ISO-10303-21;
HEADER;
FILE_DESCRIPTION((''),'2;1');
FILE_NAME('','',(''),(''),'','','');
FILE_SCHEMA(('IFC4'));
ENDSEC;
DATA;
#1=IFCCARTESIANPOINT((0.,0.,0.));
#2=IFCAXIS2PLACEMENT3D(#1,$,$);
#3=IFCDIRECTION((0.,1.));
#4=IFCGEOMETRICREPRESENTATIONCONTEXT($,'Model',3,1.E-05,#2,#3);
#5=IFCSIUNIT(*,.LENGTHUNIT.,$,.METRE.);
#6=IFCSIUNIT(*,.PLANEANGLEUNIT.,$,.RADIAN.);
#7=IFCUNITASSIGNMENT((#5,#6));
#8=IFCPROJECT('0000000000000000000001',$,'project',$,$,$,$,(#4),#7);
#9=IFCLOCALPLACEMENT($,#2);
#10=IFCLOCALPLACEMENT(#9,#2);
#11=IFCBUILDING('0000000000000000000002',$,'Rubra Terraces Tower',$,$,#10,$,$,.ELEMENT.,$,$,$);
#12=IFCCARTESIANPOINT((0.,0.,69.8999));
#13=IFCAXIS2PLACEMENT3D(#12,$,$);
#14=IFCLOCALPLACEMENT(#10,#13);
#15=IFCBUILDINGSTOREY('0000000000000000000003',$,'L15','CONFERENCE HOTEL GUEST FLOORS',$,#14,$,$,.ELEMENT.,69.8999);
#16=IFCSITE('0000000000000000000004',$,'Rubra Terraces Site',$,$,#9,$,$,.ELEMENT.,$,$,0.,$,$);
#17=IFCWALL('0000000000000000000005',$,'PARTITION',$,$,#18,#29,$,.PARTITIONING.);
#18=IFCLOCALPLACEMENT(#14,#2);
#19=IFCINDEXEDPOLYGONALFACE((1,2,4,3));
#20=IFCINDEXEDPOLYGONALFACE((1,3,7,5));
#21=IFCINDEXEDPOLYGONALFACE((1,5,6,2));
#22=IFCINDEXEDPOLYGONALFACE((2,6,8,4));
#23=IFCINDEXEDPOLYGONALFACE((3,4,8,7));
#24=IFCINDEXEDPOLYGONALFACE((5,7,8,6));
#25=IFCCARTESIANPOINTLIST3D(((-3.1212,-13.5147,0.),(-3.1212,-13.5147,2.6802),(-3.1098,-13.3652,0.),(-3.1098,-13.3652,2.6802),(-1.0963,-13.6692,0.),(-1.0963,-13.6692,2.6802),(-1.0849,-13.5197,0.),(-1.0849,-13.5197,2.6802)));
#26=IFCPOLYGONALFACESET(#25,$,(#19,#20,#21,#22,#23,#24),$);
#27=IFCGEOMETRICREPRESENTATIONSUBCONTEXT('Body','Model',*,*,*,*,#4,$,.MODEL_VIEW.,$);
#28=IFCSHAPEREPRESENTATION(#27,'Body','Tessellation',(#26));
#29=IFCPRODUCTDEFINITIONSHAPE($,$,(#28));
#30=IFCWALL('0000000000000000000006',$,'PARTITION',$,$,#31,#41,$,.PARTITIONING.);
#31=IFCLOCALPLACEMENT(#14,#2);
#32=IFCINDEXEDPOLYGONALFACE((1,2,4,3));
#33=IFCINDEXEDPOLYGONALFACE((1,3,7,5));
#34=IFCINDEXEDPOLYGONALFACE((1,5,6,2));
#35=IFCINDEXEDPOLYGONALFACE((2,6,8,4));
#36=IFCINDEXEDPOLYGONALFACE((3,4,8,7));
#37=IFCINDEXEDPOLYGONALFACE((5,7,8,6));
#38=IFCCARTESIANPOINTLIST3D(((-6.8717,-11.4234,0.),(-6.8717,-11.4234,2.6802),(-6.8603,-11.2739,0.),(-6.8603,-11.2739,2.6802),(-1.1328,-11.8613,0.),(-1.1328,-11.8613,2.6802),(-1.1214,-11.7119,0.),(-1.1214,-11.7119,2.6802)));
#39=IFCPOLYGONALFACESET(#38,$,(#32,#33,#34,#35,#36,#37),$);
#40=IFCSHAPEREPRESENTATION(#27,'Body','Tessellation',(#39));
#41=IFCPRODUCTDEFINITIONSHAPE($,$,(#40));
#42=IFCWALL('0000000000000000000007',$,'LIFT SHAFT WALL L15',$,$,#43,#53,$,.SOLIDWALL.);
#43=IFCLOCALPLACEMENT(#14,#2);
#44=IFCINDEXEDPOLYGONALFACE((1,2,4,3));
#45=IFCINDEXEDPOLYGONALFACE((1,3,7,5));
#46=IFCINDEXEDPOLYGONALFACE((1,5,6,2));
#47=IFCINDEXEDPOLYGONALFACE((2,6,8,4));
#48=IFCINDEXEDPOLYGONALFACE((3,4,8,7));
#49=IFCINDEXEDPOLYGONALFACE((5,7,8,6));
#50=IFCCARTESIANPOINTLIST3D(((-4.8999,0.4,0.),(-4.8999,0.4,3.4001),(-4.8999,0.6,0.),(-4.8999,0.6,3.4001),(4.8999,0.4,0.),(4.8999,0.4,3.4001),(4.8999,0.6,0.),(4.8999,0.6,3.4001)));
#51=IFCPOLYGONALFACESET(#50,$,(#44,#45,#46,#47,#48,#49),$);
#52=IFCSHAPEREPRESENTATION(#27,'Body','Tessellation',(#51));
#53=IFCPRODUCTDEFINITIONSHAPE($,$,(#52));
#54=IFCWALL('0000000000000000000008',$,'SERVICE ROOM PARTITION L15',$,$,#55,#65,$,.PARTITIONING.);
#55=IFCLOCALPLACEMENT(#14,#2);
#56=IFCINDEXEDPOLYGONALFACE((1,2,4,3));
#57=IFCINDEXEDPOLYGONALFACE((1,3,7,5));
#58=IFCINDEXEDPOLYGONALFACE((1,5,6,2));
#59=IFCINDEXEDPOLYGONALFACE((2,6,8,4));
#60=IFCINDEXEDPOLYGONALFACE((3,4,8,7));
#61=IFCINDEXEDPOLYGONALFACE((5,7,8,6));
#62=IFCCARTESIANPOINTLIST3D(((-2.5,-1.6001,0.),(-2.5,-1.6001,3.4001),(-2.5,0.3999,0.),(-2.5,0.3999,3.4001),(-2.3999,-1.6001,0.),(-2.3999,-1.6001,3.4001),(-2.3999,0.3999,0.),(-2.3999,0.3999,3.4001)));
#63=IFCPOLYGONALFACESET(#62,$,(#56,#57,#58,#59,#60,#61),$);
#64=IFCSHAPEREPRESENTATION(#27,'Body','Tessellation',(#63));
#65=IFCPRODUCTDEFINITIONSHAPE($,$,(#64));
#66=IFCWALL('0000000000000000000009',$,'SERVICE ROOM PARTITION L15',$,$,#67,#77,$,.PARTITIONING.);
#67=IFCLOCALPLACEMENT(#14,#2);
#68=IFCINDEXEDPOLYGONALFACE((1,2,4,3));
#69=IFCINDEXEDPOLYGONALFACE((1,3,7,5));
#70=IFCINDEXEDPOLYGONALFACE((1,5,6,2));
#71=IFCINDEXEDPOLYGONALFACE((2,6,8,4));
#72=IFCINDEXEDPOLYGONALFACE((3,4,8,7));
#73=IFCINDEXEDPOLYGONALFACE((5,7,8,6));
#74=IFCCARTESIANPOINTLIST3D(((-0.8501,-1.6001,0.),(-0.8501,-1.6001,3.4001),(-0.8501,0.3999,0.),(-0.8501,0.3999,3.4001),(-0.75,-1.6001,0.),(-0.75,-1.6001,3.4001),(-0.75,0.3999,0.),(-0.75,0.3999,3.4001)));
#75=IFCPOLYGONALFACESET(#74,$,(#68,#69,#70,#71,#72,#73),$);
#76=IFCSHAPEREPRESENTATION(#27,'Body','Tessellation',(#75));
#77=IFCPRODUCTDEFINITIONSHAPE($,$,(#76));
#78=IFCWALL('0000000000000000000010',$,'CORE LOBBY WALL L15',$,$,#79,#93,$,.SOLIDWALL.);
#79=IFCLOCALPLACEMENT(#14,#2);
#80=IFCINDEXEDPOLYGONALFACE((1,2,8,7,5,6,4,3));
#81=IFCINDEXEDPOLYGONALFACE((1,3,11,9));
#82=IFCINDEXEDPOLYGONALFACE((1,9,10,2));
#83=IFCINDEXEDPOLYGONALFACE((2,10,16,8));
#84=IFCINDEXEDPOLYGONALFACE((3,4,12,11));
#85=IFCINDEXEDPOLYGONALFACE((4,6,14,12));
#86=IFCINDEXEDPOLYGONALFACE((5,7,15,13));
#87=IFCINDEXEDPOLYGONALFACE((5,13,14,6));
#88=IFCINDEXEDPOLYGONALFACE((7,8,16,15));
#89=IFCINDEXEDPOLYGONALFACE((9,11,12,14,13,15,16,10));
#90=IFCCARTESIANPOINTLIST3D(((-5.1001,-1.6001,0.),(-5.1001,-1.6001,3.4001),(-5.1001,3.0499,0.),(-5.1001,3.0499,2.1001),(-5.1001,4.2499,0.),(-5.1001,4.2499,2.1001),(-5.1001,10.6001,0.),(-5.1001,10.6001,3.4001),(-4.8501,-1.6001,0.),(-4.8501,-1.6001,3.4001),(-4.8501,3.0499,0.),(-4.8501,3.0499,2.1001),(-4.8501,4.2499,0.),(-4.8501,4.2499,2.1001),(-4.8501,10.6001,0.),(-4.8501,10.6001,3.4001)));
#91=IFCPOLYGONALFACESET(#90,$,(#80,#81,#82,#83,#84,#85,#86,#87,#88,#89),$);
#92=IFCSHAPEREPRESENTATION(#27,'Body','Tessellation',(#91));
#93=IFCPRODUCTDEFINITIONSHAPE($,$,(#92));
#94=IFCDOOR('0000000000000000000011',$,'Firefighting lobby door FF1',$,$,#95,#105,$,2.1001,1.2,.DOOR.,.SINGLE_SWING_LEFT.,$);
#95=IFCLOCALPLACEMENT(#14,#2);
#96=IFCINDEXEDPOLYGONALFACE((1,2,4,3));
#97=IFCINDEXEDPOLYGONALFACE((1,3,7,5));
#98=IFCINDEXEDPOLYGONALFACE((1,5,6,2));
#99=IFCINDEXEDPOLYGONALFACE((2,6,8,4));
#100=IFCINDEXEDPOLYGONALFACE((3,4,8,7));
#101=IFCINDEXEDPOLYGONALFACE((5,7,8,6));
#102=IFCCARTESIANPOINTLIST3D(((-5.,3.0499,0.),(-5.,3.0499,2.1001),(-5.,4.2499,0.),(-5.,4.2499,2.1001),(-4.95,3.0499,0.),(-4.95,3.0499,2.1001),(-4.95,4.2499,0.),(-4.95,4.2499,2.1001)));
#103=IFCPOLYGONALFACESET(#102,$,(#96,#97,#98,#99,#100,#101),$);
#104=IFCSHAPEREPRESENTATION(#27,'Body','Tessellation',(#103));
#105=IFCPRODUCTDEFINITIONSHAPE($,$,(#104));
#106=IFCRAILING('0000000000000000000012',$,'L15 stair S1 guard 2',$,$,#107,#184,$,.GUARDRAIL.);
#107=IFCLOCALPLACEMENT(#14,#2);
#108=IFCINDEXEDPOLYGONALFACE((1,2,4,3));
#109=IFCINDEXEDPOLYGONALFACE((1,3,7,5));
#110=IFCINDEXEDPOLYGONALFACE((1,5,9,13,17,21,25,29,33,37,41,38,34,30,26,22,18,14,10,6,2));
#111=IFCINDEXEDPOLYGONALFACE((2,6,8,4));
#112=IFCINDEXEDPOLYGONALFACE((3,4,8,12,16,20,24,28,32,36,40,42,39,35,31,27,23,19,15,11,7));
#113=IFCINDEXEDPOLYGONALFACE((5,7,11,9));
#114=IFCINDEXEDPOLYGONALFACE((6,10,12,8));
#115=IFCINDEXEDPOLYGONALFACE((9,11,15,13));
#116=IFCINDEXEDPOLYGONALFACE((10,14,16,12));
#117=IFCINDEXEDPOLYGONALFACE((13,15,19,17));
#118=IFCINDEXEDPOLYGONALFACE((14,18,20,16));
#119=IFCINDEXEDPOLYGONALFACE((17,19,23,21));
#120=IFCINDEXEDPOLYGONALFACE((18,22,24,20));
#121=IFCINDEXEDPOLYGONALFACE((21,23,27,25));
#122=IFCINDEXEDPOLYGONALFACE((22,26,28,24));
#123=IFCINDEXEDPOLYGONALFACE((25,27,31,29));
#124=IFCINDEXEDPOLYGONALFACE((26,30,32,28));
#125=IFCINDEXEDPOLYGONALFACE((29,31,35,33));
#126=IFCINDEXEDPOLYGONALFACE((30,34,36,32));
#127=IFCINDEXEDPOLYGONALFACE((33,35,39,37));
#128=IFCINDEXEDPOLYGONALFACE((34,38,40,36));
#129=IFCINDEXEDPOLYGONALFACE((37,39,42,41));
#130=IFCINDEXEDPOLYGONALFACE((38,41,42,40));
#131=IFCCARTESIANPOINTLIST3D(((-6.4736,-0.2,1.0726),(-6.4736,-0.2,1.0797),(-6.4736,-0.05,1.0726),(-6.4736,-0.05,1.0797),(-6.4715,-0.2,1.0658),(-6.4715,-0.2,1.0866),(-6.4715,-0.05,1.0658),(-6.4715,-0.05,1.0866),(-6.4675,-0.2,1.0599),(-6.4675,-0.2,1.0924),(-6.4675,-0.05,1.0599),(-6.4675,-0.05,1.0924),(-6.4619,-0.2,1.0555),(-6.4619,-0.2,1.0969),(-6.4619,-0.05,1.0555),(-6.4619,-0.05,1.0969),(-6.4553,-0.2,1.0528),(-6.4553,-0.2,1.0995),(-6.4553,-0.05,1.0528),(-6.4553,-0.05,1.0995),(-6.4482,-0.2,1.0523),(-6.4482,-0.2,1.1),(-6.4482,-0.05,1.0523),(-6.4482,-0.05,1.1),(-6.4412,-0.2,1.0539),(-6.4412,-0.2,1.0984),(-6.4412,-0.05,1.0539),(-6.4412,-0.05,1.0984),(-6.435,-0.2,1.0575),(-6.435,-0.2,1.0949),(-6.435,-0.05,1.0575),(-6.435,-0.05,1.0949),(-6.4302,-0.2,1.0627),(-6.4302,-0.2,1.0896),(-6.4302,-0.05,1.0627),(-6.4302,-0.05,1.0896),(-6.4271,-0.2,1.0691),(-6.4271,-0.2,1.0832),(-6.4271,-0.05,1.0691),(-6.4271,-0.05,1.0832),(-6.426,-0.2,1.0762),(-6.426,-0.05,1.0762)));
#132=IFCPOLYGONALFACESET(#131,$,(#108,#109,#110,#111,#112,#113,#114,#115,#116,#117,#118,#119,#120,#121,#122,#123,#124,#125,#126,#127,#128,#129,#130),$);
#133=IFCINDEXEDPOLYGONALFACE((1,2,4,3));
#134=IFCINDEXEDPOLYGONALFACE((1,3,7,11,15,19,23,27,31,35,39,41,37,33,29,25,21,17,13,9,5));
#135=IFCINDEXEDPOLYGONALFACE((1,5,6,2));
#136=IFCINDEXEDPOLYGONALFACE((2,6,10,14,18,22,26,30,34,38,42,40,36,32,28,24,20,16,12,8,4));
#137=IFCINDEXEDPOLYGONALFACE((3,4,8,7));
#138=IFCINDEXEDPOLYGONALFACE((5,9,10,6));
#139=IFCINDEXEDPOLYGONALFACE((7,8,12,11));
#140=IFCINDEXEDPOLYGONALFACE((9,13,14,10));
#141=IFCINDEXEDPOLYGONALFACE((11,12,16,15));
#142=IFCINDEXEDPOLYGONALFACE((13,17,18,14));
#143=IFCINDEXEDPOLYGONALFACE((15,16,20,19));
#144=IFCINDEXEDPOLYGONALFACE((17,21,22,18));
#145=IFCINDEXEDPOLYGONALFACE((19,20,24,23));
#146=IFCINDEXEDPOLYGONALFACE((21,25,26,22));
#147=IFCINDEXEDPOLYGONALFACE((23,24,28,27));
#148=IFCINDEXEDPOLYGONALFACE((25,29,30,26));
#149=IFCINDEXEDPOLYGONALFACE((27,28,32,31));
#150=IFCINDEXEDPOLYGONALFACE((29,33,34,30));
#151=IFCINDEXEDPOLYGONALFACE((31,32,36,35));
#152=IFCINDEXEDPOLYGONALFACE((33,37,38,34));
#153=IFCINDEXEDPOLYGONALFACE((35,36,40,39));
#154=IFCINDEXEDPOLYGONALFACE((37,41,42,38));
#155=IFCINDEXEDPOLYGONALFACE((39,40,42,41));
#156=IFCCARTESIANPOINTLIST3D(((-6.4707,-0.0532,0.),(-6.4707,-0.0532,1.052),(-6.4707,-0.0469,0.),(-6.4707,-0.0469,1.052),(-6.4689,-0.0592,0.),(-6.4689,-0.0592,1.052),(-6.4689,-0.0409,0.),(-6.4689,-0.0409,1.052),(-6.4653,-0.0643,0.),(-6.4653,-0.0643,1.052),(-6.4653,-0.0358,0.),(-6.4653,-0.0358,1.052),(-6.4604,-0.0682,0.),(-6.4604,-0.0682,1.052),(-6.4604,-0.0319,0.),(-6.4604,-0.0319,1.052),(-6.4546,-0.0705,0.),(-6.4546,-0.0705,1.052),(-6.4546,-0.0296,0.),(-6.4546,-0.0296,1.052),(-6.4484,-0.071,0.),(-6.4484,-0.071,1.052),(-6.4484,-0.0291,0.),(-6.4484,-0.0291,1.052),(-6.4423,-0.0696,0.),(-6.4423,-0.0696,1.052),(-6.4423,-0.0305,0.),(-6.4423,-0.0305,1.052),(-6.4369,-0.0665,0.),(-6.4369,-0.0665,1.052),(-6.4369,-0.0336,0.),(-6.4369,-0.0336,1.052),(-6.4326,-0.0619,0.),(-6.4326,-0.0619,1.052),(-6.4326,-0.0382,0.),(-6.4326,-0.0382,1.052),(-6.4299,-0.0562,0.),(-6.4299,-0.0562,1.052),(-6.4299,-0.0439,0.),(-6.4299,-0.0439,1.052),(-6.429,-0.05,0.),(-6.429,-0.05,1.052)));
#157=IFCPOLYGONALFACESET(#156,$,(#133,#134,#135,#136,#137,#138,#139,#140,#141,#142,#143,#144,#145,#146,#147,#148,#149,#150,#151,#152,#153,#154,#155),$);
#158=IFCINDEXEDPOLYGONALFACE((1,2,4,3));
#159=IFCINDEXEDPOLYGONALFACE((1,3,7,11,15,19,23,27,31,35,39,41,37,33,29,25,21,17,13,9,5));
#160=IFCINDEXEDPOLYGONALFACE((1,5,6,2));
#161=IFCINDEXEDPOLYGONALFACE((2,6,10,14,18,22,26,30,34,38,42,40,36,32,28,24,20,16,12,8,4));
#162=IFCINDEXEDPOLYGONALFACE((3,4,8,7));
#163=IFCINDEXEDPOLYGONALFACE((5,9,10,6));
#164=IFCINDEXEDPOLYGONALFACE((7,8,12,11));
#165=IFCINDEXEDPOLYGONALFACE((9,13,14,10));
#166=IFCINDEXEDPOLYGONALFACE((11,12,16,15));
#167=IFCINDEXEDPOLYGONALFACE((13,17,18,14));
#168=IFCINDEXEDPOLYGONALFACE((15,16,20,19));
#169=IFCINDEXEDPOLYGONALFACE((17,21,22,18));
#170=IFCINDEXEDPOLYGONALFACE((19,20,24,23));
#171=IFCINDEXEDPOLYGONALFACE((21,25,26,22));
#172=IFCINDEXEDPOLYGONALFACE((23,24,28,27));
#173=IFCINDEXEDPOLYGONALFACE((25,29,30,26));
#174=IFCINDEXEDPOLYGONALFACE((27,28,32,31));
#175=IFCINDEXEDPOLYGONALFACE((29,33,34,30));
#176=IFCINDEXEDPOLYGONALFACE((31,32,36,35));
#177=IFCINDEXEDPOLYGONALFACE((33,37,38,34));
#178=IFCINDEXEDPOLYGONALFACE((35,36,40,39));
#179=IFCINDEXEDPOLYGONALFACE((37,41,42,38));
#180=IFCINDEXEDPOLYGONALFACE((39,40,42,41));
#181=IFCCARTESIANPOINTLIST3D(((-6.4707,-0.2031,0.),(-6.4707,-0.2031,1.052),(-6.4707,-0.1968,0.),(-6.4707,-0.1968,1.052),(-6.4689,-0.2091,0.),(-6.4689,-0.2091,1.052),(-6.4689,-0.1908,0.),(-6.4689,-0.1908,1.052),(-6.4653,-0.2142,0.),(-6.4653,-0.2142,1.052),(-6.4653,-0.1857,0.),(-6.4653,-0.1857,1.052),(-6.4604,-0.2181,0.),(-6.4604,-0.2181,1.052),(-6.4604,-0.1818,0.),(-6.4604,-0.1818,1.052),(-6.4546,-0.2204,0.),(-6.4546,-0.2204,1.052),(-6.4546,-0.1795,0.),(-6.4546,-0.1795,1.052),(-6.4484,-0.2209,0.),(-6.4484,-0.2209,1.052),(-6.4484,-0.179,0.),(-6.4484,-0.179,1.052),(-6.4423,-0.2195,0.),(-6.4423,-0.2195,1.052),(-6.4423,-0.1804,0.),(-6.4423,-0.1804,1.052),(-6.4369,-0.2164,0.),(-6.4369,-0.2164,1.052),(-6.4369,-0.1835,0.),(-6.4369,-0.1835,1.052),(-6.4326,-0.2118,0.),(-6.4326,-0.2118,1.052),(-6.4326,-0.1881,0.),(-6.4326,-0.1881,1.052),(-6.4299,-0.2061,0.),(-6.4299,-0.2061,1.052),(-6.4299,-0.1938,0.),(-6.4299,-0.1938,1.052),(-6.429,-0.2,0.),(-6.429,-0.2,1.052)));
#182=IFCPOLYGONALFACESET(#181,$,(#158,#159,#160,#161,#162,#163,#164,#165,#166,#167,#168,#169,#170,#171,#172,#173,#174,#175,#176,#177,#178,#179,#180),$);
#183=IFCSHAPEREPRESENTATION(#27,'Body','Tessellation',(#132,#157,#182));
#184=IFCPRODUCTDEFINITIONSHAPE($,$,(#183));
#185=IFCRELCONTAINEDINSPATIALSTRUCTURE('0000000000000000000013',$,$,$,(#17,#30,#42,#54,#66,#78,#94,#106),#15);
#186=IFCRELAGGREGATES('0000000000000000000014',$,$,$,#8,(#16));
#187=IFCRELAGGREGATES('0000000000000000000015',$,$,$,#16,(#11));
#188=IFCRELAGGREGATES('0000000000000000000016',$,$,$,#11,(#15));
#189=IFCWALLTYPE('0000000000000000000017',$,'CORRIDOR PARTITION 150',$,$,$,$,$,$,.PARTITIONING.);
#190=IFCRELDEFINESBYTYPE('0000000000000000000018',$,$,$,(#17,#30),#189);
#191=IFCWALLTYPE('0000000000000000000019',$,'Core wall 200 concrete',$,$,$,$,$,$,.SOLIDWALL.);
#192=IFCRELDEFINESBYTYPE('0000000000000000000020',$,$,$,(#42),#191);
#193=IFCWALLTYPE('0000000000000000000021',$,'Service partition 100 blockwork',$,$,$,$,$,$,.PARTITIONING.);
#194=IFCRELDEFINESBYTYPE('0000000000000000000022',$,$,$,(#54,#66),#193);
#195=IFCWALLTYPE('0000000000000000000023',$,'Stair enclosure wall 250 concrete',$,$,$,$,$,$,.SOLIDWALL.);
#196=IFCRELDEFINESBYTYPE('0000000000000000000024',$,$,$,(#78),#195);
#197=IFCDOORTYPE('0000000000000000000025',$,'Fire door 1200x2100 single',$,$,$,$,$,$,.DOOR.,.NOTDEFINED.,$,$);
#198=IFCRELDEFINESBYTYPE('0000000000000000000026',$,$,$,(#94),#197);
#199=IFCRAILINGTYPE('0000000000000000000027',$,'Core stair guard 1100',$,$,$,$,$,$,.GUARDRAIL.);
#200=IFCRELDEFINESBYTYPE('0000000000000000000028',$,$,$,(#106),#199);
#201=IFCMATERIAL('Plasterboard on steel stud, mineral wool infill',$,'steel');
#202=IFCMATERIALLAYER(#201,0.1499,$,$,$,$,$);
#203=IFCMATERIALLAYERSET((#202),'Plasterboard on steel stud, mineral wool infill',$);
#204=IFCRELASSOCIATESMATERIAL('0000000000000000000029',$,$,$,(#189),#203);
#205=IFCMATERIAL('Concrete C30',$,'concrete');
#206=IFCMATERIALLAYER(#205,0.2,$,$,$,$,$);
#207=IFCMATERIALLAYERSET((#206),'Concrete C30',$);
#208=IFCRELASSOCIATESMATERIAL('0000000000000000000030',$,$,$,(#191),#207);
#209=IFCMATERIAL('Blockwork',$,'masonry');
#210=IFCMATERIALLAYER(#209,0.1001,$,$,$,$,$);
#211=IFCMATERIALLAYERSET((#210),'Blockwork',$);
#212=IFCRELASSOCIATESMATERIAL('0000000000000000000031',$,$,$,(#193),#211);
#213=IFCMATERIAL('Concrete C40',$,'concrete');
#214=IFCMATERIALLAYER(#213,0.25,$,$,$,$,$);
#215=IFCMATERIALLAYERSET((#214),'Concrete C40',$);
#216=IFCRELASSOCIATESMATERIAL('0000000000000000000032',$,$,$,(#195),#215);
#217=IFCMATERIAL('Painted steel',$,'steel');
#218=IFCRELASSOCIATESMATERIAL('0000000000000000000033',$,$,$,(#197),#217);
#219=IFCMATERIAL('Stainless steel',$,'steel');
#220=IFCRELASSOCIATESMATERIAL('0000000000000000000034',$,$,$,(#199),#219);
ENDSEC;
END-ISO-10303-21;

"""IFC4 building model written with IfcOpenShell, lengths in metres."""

from ifc_helpers import new_model, si_unit, direction, frame, frame_2d, origin, origin_2d, place, context, subcontext, project, spatial, rectangle, circle, extrude, material, layer, layer_set, type_object, element, fill, save


model = new_model("IFC4")

# Units and contexts
model_context = context("Model", 3, precision=1e-05, world=origin(), true_north=direction((0.0, 1.0)))
body_context = subcontext(model_context, "Body", "Model", "MODEL_VIEW")
ifc_project = project(units=[si_unit("LENGTHUNIT", "METRE"), si_unit("PLANEANGLEUNIT", "RADIAN")], contexts=[model_context])

# Site, building, storey
site_placement = place(None, origin())
site = spatial("IfcSite", under=ifc_project, at=site_placement, Name="Rubra Terraces Site", CompositionType="ELEMENT", RefElevation=0.0)
building_placement = place(site_placement, origin())
building = spatial("IfcBuilding", under=site, at=building_placement, Name="Rubra Terraces Tower", CompositionType="ELEMENT")
storey_placement = place(building_placement, frame((0.0, 0.0, 69.8999)))
storey = spatial("IfcBuildingStorey", under=building, at=storey_placement, Name="L15", Description="CONFERENCE HOTEL GUEST FLOORS", CompositionType="ELEMENT", Elevation=69.8999)

# Shared definitions
ifc_material_1 = material(Name="Concrete C40", Category="concrete")

# Walls
ifc_material_2 = material(Name="Plasterboard on steel stud, mineral wool infill", Category="steel")
ifc_layer_1 = layer(ifc_material_2, 0.1499)
ifc_layer_set_1 = layer_set([ifc_layer_1], Name="Plasterboard on steel stud, mineral wool infill")
wall_type_1 = type_object("IfcWallType", Name="CORRIDOR PARTITION 150", PredefinedType="PARTITIONING", material=ifc_layer_set_1)
wall_1_placement = place(storey_placement, frame((-3.1155, -13.4399, 0.0), z_axis=(0.0, 0.0, 1.0), x_axis=(0.9971, -0.076099, 0.0)))
element("IfcWall", 1, at=wall_1_placement, inside=storey, type_object=wall_type_1, Name="PARTITION", PredefinedType="PARTITIONING", context=body_context, shape_type="SweptSolid", body=[
    extrude(rectangle(XDim=2.0308, YDim=0.1499, at=frame_2d((1.0154, 0.0))), origin(), (0.0, 0.0, 1.0), 2.6802),
])
wall_2_placement = place(storey_placement, frame((-1.127, -11.7866, 0.0), z_axis=(0.0, 0.0, 1.0), x_axis=(-0.9971, 0.076096, 0.0)))
element("IfcWall", 2, at=wall_2_placement, inside=storey, type_object=wall_type_1, Name="PARTITION", PredefinedType="PARTITIONING", context=body_context, shape_type="SweptSolid", body=[
    extrude(rectangle(XDim=5.7556, YDim=0.1499, at=frame_2d((2.8779, 0.0))), origin(), (0.0, 0.0, 1.0), 2.6802),
])
ifc_material_3 = material(Name="Concrete C30", Category="concrete")
ifc_layer_2 = layer(ifc_material_3, 0.2)
ifc_layer_set_2 = layer_set([ifc_layer_2], Name="Concrete C30")
wall_type_2 = type_object("IfcWallType", Name="Core wall 200 concrete", PredefinedType="SOLIDWALL", material=ifc_layer_set_2)
wall_3_placement = place(storey_placement, frame((-4.8999, 0.5, 0.0), z_axis=(0.0, 0.0, 1.0), x_axis=(1.0, 0.0, 0.0)))
element("IfcWall", 3, at=wall_3_placement, inside=storey, type_object=wall_type_2, Name="LIFT SHAFT WALL L15", PredefinedType="SOLIDWALL", context=body_context, shape_type="SweptSolid", body=[
    extrude(rectangle(XDim=9.7998, YDim=0.2, at=frame_2d((4.8999, 0.0))), origin(), (0.0, 0.0, 1.0), 3.4001),
])
ifc_material_4 = material(Name="Blockwork", Category="masonry")
ifc_layer_3 = layer(ifc_material_4, 0.1001)
ifc_layer_set_3 = layer_set([ifc_layer_3], Name="Blockwork")
wall_type_3 = type_object("IfcWallType", Name="Service partition 100 blockwork", PredefinedType="PARTITIONING", material=ifc_layer_set_3)
for number, where, z_axis, x_axis, name in (
    (4, (-2.45, -1.6001, 0.0), (0.0, 0.0, 1.0), (0.0, 1.0, 0.0), "SERVICE ROOM PARTITION L15"),
    (5, (-0.8, -1.6001, 0.0), (0.0, 0.0, 1.0), (0.0, 1.0, 0.0), "SERVICE ROOM PARTITION L15"),
):
    element("IfcWall", number, at=place(storey_placement, frame(where, z_axis=z_axis, x_axis=x_axis)), inside=storey, type_object=wall_type_3, Name=name, PredefinedType="PARTITIONING", context=body_context, shape_type="SweptSolid", body=[
        extrude(rectangle(XDim=2.0, YDim=0.1001, at=frame_2d((1.0, 0.0))), origin(), (0.0, 0.0, 1.0), 3.4001),
    ])

# Wall, opening, door
ifc_layer_4 = layer(ifc_material_1, 0.25)
ifc_layer_set_4 = layer_set([ifc_layer_4], Name="Concrete C40")
wall_type_4 = type_object("IfcWallType", Name="Stair enclosure wall 250 concrete", PredefinedType="SOLIDWALL", material=ifc_layer_set_4)
wall_4_placement = place(storey_placement, frame((-4.9751, -1.6001, 0.0), z_axis=(0.0, 0.0, 1.0), x_axis=(0.0, 1.0, 0.0)))
wall_4 = element("IfcWall", 6, at=wall_4_placement, inside=storey, type_object=wall_type_4, Name="CORE LOBBY WALL L15", PredefinedType="SOLIDWALL", context=body_context, shape_type="SweptSolid", body=[
    extrude(rectangle(XDim=12.2002, YDim=0.25, at=frame_2d((6.1001, 0.0))), origin(), (0.0, 0.0, 1.0), 3.4001),
])
opening_placement = place(wall_4_placement, frame((4.6499, 0.0, 0.0)))
opening = element("IfcOpeningElement", 7, at=opening_placement, cuts=wall_4, PredefinedType="OPENING", context=body_context, shape_type="SweptSolid", body=[
    extrude(rectangle(XDim=1.2, YDim=2.1001, at=frame_2d((0.6001, 1.05))), frame((0.0, 0.135, 0.0), z_axis=(0.0, -1.0, 0.0), x_axis=(1.0, 0.0, 0.0)), (0.0, 0.0, 1.0), 0.27),
])
ifc_material_5 = material(Name="Painted steel", Category="steel")
door_type = type_object("IfcDoorType", Name="Fire door 1200x2100 single", OperationType="NOTDEFINED", PredefinedType="DOOR", material=ifc_material_5)
door_placement = place(opening_placement, origin())
door = element("IfcDoor", 8, at=door_placement, inside=storey, type_object=door_type, Name="Firefighting lobby door FF1", OperationType="SINGLE_SWING_LEFT", OverallHeight=2.1001, OverallWidth=1.2, PredefinedType="DOOR", context=body_context, shape_type="SweptSolid", body=[
    extrude(rectangle(XDim=1.2, YDim=2.1001, at=frame_2d((0.6001, 1.05))), frame((0.0, 0.0249, 0.0), z_axis=(0.0, -1.0, 0.0), x_axis=(1.0, 0.0, 0.0)), (0.0, 0.0, 1.0), 0.05),
])
fill(opening, door)

# Railing
ifc_material_6 = material(Name="Stainless steel", Category="steel")
railing_type = type_object("IfcRailingType", Name="Core stair guard 1100", PredefinedType="GUARDRAIL", material=ifc_material_6)
railing_placement = place(storey_placement, frame((-6.45, -0.05, 0.0)))
element("IfcRailing", 9, at=railing_placement, inside=storey, type_object=railing_type, Name="L15 stair S1 guard 2", PredefinedType="GUARDRAIL", context=body_context, shape_type="SweptSolid", body=[
    extrude(circle(Radius=0.0239, at=origin_2d()), frame((0.0, 0.0, 1.0762), z_axis=(0.0, -1.0, 0.0), x_axis=(1.0, 0.0, 0.0)), (0.0, 0.0, 1.0), 0.1499),
    extrude(circle(Radius=0.021, at=origin_2d()), origin(), (0.0, 0.0, 1.0), 1.052),
    extrude(circle(Radius=0.021, at=origin_2d()), frame((0.0, -0.1499, 0.0)), (0.0, 0.0, 1.0), 1.052),
])

save(model, "model.ifc")
